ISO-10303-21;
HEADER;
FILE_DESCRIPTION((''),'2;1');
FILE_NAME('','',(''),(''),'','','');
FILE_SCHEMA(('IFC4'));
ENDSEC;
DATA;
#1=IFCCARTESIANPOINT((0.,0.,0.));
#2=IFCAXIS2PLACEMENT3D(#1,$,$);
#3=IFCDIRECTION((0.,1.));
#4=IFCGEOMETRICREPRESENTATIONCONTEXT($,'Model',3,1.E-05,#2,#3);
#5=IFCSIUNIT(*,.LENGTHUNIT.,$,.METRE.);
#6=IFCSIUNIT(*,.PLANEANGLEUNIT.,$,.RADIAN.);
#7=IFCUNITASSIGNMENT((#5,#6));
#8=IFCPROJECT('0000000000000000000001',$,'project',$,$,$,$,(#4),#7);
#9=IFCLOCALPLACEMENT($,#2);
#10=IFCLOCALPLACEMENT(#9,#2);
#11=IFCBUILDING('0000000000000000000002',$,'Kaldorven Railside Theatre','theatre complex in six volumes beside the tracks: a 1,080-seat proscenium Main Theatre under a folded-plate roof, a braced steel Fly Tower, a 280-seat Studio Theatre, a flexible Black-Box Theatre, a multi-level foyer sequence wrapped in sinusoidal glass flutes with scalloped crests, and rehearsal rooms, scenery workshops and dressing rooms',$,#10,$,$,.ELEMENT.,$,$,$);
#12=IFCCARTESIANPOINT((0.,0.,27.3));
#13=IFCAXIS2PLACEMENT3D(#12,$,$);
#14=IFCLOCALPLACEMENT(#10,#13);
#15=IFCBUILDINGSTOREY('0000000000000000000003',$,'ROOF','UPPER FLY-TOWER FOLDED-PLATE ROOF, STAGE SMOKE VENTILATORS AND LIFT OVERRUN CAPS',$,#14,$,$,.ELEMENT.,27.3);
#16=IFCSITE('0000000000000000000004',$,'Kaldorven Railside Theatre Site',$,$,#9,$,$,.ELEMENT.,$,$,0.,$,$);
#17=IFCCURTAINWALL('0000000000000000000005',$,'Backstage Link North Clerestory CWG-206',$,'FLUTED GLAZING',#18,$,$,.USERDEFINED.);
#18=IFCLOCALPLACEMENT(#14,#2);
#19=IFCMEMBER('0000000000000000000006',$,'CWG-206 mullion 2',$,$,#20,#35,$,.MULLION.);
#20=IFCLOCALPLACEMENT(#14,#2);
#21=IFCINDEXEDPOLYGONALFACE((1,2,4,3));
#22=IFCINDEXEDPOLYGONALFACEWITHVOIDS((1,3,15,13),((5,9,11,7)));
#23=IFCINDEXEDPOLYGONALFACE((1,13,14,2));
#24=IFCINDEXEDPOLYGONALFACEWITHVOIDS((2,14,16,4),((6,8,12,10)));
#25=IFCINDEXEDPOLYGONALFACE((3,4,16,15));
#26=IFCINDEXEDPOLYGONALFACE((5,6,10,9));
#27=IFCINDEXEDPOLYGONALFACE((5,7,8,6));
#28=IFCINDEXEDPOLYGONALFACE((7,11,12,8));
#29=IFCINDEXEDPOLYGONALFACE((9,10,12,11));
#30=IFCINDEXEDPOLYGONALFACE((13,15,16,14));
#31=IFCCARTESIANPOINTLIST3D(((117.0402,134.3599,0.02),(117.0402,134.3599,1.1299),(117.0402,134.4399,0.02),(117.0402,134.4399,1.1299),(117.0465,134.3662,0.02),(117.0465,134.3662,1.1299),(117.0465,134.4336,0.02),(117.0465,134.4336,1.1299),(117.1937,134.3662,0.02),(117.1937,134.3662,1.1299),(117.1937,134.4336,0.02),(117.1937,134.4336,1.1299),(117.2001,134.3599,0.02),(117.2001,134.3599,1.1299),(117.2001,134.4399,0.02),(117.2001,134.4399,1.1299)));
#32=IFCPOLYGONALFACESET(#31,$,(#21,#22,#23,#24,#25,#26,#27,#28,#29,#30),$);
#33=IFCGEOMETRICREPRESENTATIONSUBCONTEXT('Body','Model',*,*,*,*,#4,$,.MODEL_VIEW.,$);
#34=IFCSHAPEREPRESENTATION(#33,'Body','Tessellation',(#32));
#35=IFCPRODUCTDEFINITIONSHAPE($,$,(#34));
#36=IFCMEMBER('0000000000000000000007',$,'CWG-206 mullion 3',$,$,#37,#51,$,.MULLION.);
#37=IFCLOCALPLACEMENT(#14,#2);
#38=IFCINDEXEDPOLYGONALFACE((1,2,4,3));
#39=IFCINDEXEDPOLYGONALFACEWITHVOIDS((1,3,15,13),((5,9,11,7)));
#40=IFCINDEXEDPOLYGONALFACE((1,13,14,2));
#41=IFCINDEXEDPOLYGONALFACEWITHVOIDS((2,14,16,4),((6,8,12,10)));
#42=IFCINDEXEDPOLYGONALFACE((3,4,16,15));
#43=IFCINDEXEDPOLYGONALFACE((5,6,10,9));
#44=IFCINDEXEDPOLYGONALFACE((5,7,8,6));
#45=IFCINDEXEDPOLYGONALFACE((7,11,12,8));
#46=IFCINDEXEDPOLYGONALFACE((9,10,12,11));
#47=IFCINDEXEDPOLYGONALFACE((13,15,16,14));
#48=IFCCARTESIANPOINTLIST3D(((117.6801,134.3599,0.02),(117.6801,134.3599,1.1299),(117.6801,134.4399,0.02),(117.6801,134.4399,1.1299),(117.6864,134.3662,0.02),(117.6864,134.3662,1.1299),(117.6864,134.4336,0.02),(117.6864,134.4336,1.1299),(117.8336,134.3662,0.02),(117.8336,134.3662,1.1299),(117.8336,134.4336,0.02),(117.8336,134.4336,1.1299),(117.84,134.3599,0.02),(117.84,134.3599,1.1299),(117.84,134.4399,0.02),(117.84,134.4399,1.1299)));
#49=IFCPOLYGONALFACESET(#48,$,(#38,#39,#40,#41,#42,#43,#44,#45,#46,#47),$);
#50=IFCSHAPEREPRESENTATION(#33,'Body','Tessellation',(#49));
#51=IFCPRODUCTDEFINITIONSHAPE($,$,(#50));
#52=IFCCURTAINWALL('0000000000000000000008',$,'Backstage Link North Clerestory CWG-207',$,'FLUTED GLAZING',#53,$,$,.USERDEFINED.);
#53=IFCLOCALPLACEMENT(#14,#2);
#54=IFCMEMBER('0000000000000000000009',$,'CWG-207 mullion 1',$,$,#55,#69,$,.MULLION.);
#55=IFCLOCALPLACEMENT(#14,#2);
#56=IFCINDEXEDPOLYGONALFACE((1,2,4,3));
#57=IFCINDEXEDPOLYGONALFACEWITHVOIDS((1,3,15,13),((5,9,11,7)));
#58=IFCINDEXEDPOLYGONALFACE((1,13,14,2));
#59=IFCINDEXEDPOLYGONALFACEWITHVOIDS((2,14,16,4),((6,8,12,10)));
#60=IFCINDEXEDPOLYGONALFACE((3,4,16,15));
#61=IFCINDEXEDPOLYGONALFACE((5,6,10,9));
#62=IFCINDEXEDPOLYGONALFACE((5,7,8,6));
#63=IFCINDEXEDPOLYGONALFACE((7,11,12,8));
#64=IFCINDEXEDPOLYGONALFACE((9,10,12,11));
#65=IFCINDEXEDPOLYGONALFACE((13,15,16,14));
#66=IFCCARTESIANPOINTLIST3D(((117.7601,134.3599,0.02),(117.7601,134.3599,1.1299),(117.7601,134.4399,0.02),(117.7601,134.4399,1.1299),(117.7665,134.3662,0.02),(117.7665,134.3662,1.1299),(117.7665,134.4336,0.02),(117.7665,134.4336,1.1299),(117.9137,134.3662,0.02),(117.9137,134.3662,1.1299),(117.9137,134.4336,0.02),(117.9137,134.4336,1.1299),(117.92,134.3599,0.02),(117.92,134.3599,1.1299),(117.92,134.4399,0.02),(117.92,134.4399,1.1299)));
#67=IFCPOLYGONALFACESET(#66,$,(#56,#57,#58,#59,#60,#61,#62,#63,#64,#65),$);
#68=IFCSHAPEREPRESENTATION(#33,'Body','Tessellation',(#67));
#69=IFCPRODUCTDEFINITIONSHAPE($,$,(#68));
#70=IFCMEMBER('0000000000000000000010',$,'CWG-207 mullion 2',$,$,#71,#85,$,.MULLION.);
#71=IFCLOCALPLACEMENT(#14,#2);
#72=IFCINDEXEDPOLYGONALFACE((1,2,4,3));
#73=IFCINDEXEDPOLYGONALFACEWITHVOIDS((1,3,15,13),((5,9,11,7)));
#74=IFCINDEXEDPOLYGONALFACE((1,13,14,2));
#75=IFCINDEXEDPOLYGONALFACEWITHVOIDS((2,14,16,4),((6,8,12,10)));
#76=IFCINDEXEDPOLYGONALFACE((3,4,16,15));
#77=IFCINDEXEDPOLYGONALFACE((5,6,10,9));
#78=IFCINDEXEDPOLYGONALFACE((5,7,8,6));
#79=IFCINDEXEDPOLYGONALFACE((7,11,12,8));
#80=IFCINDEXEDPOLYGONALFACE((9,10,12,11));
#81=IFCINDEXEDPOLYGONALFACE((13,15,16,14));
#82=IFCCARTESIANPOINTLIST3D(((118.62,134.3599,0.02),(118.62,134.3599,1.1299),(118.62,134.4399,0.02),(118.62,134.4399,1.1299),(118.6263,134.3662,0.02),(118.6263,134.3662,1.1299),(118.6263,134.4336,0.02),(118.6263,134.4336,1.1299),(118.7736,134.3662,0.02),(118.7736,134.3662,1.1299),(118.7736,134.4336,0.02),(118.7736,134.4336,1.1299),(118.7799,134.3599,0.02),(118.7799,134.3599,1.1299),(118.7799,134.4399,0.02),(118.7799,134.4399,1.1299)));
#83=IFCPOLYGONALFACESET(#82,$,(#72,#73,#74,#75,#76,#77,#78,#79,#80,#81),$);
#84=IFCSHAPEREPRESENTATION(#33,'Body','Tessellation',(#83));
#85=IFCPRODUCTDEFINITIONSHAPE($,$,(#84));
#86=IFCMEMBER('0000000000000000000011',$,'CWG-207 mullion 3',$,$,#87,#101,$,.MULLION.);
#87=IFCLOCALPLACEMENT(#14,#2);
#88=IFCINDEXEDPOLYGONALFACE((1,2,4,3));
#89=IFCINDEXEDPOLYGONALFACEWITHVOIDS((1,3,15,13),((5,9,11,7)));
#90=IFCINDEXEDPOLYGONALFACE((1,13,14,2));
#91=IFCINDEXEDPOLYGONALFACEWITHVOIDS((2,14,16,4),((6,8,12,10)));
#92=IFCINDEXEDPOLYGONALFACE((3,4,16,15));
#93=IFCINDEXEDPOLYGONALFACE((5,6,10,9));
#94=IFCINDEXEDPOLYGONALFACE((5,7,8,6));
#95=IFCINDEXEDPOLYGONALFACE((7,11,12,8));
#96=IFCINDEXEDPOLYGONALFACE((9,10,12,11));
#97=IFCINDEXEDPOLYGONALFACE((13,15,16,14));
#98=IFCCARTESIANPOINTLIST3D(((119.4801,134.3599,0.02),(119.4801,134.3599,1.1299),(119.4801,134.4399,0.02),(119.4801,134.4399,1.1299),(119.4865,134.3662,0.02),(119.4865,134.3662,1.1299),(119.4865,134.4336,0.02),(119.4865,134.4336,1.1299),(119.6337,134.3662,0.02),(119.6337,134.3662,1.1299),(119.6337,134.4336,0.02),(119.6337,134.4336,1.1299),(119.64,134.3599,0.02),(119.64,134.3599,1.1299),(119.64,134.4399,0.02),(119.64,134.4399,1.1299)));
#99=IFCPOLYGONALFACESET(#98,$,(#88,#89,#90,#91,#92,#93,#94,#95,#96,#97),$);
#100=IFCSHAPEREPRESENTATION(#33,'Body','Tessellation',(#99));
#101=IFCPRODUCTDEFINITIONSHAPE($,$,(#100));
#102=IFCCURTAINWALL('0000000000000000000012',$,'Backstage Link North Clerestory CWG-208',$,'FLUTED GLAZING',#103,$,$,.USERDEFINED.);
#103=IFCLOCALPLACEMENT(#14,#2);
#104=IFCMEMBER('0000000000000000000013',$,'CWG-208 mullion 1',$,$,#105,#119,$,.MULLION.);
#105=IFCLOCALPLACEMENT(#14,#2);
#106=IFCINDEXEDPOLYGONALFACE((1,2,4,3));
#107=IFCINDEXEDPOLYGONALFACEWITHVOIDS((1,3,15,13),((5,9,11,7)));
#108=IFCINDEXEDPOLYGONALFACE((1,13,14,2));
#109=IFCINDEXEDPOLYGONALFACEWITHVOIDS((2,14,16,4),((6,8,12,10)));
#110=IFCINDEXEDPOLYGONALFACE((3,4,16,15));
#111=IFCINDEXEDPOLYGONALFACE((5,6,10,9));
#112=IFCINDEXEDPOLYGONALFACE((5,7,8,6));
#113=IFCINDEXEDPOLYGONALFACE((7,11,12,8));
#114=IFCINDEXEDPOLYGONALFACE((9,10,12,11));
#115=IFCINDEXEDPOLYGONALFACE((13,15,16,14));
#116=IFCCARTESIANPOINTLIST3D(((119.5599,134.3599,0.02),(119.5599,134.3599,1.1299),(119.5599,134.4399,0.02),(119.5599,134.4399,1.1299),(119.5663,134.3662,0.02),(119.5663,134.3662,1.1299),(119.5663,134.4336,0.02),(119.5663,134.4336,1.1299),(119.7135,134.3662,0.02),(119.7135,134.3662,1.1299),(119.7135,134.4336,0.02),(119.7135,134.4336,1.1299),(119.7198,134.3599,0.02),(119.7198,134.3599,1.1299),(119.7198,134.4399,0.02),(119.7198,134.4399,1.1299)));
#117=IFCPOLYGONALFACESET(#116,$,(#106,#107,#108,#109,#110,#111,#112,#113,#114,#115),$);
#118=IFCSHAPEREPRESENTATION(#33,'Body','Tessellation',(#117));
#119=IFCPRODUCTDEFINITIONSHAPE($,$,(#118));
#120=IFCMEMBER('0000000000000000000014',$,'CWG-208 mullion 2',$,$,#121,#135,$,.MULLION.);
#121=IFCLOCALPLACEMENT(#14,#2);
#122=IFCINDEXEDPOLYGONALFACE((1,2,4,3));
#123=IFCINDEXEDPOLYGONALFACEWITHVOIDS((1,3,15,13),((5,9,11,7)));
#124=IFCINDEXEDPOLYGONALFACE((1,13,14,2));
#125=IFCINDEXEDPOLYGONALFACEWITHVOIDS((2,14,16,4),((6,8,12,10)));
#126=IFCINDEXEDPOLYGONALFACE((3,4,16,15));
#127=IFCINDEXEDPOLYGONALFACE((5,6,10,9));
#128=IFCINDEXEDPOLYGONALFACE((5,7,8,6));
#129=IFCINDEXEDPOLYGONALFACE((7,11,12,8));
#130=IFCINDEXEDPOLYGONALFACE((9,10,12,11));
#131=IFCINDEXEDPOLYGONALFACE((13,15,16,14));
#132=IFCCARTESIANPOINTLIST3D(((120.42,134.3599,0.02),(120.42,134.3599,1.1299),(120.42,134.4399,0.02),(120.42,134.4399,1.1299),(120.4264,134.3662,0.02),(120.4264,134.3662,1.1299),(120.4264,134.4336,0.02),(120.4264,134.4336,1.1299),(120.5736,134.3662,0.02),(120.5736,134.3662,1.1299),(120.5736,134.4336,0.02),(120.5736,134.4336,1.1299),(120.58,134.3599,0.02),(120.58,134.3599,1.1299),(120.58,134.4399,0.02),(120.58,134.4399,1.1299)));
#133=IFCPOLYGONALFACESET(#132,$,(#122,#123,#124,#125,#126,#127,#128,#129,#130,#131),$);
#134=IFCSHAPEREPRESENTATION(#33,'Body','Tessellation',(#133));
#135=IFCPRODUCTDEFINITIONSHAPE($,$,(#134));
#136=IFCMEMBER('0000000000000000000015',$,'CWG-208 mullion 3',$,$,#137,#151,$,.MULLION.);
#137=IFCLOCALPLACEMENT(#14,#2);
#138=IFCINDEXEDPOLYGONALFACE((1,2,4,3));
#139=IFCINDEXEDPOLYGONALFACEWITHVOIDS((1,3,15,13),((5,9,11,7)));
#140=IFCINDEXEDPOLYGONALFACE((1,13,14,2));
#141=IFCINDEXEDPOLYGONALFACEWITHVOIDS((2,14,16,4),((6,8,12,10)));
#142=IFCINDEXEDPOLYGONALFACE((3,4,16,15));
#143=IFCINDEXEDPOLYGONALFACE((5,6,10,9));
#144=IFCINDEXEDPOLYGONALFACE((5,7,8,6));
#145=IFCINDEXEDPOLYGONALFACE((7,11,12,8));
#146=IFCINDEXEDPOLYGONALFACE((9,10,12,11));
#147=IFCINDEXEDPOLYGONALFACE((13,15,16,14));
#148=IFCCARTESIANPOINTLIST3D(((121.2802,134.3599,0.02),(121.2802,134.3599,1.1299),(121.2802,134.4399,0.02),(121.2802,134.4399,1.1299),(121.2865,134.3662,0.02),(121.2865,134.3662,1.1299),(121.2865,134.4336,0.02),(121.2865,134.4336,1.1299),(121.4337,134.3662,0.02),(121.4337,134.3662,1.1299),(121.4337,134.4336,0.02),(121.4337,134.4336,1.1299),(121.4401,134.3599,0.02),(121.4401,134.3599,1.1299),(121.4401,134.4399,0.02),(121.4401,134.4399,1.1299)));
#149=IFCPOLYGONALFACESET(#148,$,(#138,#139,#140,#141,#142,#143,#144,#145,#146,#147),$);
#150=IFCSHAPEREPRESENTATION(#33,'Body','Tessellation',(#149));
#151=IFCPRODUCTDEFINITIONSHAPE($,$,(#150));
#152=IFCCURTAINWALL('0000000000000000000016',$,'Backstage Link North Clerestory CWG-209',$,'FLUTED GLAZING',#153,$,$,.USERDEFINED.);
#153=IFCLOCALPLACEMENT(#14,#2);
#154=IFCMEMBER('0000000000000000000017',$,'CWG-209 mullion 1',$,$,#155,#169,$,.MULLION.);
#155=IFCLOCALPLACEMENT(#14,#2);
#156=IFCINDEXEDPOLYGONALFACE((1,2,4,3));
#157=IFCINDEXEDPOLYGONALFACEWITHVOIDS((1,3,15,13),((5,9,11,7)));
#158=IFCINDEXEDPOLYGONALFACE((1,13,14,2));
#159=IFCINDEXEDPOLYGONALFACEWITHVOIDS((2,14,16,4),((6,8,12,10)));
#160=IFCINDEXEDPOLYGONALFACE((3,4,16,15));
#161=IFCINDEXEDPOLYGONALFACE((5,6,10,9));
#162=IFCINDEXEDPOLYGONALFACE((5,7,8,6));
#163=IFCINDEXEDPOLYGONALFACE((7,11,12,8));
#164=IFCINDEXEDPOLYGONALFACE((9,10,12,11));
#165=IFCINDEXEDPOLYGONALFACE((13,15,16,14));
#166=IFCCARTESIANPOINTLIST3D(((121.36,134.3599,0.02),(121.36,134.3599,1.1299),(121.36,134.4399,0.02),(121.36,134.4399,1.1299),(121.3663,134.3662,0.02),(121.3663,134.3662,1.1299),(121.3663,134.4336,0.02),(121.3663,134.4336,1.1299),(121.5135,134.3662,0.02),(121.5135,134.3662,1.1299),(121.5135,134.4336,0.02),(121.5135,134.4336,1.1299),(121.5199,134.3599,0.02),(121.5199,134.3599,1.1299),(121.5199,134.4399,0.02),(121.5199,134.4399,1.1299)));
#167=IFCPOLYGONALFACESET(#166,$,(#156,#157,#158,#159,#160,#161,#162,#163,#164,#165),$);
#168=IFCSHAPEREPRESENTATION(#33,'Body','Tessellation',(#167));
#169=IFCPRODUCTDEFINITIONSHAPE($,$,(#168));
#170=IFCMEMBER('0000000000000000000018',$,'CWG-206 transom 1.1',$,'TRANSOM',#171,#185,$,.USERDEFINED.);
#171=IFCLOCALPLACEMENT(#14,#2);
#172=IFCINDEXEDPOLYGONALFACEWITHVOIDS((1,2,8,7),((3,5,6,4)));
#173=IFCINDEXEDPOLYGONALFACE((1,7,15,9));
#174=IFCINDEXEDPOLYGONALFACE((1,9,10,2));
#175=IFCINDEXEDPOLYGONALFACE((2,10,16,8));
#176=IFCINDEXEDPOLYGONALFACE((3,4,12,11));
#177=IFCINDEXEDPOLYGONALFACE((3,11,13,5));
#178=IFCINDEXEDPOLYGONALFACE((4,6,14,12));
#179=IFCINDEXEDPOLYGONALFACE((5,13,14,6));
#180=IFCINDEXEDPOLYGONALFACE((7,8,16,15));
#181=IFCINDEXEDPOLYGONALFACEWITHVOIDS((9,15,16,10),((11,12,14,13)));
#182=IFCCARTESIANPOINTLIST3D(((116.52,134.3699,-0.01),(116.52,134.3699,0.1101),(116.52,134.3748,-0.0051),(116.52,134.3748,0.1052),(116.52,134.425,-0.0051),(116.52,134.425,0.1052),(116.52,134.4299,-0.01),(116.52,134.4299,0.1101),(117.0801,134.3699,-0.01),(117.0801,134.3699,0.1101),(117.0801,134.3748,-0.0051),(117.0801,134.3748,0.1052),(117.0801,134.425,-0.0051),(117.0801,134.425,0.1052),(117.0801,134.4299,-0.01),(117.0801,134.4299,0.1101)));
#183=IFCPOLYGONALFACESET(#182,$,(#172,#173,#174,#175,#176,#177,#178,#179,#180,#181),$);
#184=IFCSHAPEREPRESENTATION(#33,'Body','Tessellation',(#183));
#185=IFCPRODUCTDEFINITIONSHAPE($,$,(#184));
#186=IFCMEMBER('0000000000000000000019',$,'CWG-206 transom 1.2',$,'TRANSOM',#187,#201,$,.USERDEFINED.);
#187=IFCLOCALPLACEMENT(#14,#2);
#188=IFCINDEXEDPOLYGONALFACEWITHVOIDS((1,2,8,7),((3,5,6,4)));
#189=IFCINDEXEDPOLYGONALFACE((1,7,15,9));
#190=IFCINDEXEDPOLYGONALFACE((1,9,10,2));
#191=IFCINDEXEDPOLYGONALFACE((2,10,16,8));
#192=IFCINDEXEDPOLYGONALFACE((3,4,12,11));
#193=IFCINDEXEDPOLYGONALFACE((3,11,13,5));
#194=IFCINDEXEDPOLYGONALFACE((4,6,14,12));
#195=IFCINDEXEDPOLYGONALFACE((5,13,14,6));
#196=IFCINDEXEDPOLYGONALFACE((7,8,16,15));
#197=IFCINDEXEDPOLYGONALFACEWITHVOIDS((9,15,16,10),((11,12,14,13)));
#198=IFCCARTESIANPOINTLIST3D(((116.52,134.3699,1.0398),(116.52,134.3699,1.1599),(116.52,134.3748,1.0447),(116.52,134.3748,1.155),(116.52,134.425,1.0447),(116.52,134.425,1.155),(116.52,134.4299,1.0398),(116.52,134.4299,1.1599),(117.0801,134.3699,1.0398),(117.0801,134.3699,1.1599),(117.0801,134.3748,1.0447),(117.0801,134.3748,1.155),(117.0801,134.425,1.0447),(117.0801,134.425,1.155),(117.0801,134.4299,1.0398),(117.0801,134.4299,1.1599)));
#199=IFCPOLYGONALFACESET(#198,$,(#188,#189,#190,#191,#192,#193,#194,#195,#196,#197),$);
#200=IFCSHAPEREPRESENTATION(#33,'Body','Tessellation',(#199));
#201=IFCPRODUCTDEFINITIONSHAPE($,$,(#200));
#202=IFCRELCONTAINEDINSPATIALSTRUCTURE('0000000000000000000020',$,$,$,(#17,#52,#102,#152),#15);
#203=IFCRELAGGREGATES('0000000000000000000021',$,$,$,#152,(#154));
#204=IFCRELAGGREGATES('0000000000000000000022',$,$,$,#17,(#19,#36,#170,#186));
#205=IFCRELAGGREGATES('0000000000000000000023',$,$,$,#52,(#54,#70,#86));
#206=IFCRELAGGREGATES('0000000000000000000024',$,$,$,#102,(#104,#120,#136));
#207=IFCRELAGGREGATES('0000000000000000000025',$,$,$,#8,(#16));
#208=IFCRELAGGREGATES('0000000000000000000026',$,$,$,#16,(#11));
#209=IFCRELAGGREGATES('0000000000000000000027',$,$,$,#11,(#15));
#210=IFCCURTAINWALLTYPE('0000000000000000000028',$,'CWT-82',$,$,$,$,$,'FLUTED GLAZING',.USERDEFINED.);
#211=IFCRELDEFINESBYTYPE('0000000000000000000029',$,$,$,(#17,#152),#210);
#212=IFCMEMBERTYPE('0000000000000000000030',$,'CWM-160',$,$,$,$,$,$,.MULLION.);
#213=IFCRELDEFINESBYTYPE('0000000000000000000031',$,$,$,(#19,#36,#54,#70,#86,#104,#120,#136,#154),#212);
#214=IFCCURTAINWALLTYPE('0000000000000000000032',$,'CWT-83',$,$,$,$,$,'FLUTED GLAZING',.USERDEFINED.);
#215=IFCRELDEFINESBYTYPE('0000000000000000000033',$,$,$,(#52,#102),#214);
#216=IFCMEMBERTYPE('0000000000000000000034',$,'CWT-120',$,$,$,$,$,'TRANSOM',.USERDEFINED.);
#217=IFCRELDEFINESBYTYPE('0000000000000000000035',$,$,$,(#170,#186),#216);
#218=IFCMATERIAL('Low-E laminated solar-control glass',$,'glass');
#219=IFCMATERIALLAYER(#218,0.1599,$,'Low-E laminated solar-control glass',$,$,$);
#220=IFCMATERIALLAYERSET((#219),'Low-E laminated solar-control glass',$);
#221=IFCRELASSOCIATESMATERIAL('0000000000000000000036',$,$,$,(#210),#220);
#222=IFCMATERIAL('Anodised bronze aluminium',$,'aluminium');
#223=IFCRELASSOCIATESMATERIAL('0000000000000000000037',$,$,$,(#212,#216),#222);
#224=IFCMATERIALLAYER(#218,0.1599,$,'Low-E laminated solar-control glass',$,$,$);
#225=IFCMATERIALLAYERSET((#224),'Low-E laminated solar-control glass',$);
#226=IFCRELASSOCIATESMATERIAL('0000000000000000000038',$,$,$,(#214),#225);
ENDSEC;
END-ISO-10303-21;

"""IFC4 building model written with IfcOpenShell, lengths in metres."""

from ifc_helpers import new_model, si_unit, direction, frame, origin, origin_2d, place, context, subcontext, project, spatial, hollow_rectangle, extrude, material, layer, layer_set, material_profile, profile_set, type_object, element, aggregate, save


model = new_model("IFC4")

# Units and contexts
model_context = context("Model", 3, precision=1e-05, world=origin(), true_north=direction((0.0, 1.0)))
body_context = subcontext(model_context, "Body", "Model", "MODEL_VIEW")
ifc_project = project(units=[si_unit("LENGTHUNIT", "METRE"), si_unit("PLANEANGLEUNIT", "RADIAN")], contexts=[model_context])

# Site, building, storey
site_placement = place(None, origin())
site = spatial("IfcSite", under=ifc_project, at=site_placement, Name="Kaldorven Railside Theatre Site", CompositionType="ELEMENT", RefElevation=0.0)
building_placement = place(site_placement, origin())
building = spatial("IfcBuilding", under=site, at=building_placement, Name="Kaldorven Railside Theatre", Description="theatre complex in six volumes beside the tracks: a 1,080-seat proscenium Main Theatre under a folded-plate roof, a braced steel Fly Tower, a 280-seat Studio Theatre, a flexible Black-Box Theatre, a multi-level foyer sequence wrapped in sinusoidal glass flutes with scalloped crests, and rehearsal rooms, scenery workshops and dressing rooms", CompositionType="ELEMENT")
storey_placement = place(building_placement, frame((0.0, 0.0, 27.3)))
storey = spatial("IfcBuildingStorey", under=building, at=storey_placement, Name="ROOF", Description="UPPER FLY-TOWER FOLDED-PLATE ROOF, STAGE SMOKE VENTILATORS AND LIFT OVERRUN CAPS", CompositionType="ELEMENT", Elevation=27.3)

# Curtain walls, members
ifc_material_1 = material(Name="Low-E laminated solar-control glass", Category="glass")
ifc_layer_1 = layer(ifc_material_1, 0.1599, Name="Low-E laminated solar-control glass")
ifc_layer_set_1 = layer_set([ifc_layer_1], Name="Low-E laminated solar-control glass")
curtain_wall_type_1 = type_object("IfcCurtainWallType", Name="CWT-82", ElementType="FLUTED GLAZING", PredefinedType="USERDEFINED", material=ifc_layer_set_1)
curtain_wall_1_placement = place(storey_placement, origin())
curtain_wall_1 = element("IfcCurtainWall", 1, at=curtain_wall_1_placement, inside=storey, type_object=curtain_wall_type_1, Name="Backstage Link North Clerestory CWG-206", ObjectType="FLUTED GLAZING", PredefinedType="USERDEFINED")
ifc_material_2 = material(Name="Anodised bronze aluminium", Category="aluminium")
ifc_material_profile_1 = material_profile(ifc_material_2, hollow_rectangle(XDim=0.0801, YDim=0.1599, WallThickness=0.0063, at=origin_2d()), Name="RHS 160x80x6.3")
ifc_profile_set_1 = profile_set([ifc_material_profile_1], Name="Anodised bronze aluminium")
member_type_1 = type_object("IfcMemberType", Name="CWM-160", PredefinedType="MULLION", material=ifc_profile_set_1)
member_1_placement = place(storey_placement, frame((117.1201, 134.3999, 0.02), z_axis=(0.0, 0.0, 1.0), x_axis=(0.0, 1.0, 0.0)))
member_1 = element("IfcMember", 2, at=member_1_placement, type_object=member_type_1, Name="CWG-206 mullion 2", PredefinedType="MULLION", context=body_context, shape_type="SweptSolid", body=[
    extrude(hollow_rectangle(XDim=0.0801, YDim=0.1599, WallThickness=0.0063, at=origin_2d()), origin(), (0.0, 0.0, 1.0), 1.1099),
])
member_2_placement = place(storey_placement, frame((117.76, 134.3999, 0.02), z_axis=(0.0, 0.0, 1.0), x_axis=(0.0, 1.0, 0.0)))
member_2 = element("IfcMember", 3, at=member_2_placement, type_object=member_type_1, Name="CWG-206 mullion 3", PredefinedType="MULLION", context=body_context, shape_type="SweptSolid", body=[
    extrude(hollow_rectangle(XDim=0.0801, YDim=0.1599, WallThickness=0.0063, at=origin_2d()), origin(), (0.0, 0.0, 1.0), 1.1099),
])
ifc_layer_2 = layer(ifc_material_1, 0.1599, Name="Low-E laminated solar-control glass")
ifc_layer_set_2 = layer_set([ifc_layer_2], Name="Low-E laminated solar-control glass")
curtain_wall_type_2 = type_object("IfcCurtainWallType", Name="CWT-83", ElementType="FLUTED GLAZING", PredefinedType="USERDEFINED", material=ifc_layer_set_2)
curtain_wall_2_placement = place(storey_placement, origin())
curtain_wall_2 = element("IfcCurtainWall", 4, at=curtain_wall_2_placement, inside=storey, type_object=curtain_wall_type_2, Name="Backstage Link North Clerestory CWG-207", ObjectType="FLUTED GLAZING", PredefinedType="USERDEFINED")
member_3_placement = place(storey_placement, frame((117.8401, 134.3999, 0.02), z_axis=(0.0, 0.0, 1.0), x_axis=(0.0, 1.0, 0.0)))
member_3 = element("IfcMember", 5, at=member_3_placement, type_object=member_type_1, Name="CWG-207 mullion 1", PredefinedType="MULLION", context=body_context, shape_type="SweptSolid", body=[
    extrude(hollow_rectangle(XDim=0.0801, YDim=0.1599, WallThickness=0.0063, at=origin_2d()), origin(), (0.0, 0.0, 1.0), 1.1099),
])
member_4_placement = place(storey_placement, frame((118.7, 134.3999, 0.02), z_axis=(0.0, 0.0, 1.0), x_axis=(0.0, 1.0, 0.0)))
member_4 = element("IfcMember", 6, at=member_4_placement, type_object=member_type_1, Name="CWG-207 mullion 2", PredefinedType="MULLION", context=body_context, shape_type="SweptSolid", body=[
    extrude(hollow_rectangle(XDim=0.0801, YDim=0.1599, WallThickness=0.0063, at=origin_2d()), origin(), (0.0, 0.0, 1.0), 1.1099),
])
member_5_placement = place(storey_placement, frame((119.5601, 134.3999, 0.02), z_axis=(0.0, 0.0, 1.0), x_axis=(0.0, 1.0, 0.0)))
member_5 = element("IfcMember", 7, at=member_5_placement, type_object=member_type_1, Name="CWG-207 mullion 3", PredefinedType="MULLION", context=body_context, shape_type="SweptSolid", body=[
    extrude(hollow_rectangle(XDim=0.0801, YDim=0.1599, WallThickness=0.0063, at=origin_2d()), origin(), (0.0, 0.0, 1.0), 1.1099),
])
curtain_wall_3_placement = place(storey_placement, origin())
curtain_wall_3 = element("IfcCurtainWall", 8, at=curtain_wall_3_placement, inside=storey, type_object=curtain_wall_type_2, Name="Backstage Link North Clerestory CWG-208", ObjectType="FLUTED GLAZING", PredefinedType="USERDEFINED")
member_6_placement = place(storey_placement, frame((119.6399, 134.3999, 0.02), z_axis=(0.0, 0.0, 1.0), x_axis=(0.0, 1.0, 0.0)))
member_6 = element("IfcMember", 9, at=member_6_placement, type_object=member_type_1, Name="CWG-208 mullion 1", PredefinedType="MULLION", context=body_context, shape_type="SweptSolid", body=[
    extrude(hollow_rectangle(XDim=0.0801, YDim=0.1599, WallThickness=0.0063, at=origin_2d()), origin(), (0.0, 0.0, 1.0), 1.1099),
])
member_7_placement = place(storey_placement, frame((120.5, 134.3999, 0.02), z_axis=(0.0, 0.0, 1.0), x_axis=(0.0, 1.0, 0.0)))
member_7 = element("IfcMember", 10, at=member_7_placement, type_object=member_type_1, Name="CWG-208 mullion 2", PredefinedType="MULLION", context=body_context, shape_type="SweptSolid", body=[
    extrude(hollow_rectangle(XDim=0.0801, YDim=0.1599, WallThickness=0.0063, at=origin_2d()), origin(), (0.0, 0.0, 1.0), 1.1099),
])
member_8_placement = place(storey_placement, frame((121.3601, 134.3999, 0.02), z_axis=(0.0, 0.0, 1.0), x_axis=(0.0, 1.0, 0.0)))
member_8 = element("IfcMember", 11, at=member_8_placement, type_object=member_type_1, Name="CWG-208 mullion 3", PredefinedType="MULLION", context=body_context, shape_type="SweptSolid", body=[
    extrude(hollow_rectangle(XDim=0.0801, YDim=0.1599, WallThickness=0.0063, at=origin_2d()), origin(), (0.0, 0.0, 1.0), 1.1099),
])

# Curtain wall, member
curtain_wall_4_placement = place(storey_placement, origin())
curtain_wall_4 = element("IfcCurtainWall", 12, at=curtain_wall_4_placement, inside=storey, type_object=curtain_wall_type_1, Name="Backstage Link North Clerestory CWG-209", ObjectType="FLUTED GLAZING", PredefinedType="USERDEFINED")
member_9_placement = place(storey_placement, frame((121.4399, 134.3999, 0.02), z_axis=(0.0, 0.0, 1.0), x_axis=(0.0, 1.0, 0.0)))
member_9 = element("IfcMember", 13, at=member_9_placement, type_object=member_type_1, Name="CWG-209 mullion 1", PredefinedType="MULLION", context=body_context, shape_type="SweptSolid", body=[
    extrude(hollow_rectangle(XDim=0.0801, YDim=0.1599, WallThickness=0.0063, at=origin_2d()), origin(), (0.0, 0.0, 1.0), 1.1099),
])

# Members
ifc_material_profile_2 = material_profile(ifc_material_2, hollow_rectangle(XDim=0.0601, YDim=0.1201, WallThickness=0.0049, at=origin_2d()), Name="RHS 120x60x5")
ifc_profile_set_2 = profile_set([ifc_material_profile_2], Name="Anodised bronze aluminium")
member_type_2 = type_object("IfcMemberType", Name="CWT-120", ElementType="TRANSOM", PredefinedType="USERDEFINED", material=ifc_profile_set_2)
member_10_placement = place(storey_placement, frame((116.52, 134.3999, 0.05), z_axis=(1.0, 0.0, 0.0), x_axis=(0.0, 1.0, 0.0)))
member_10 = element("IfcMember", 14, at=member_10_placement, type_object=member_type_2, Name="CWG-206 transom 1.1", ObjectType="TRANSOM", PredefinedType="USERDEFINED", context=body_context, shape_type="SweptSolid", body=[
    extrude(hollow_rectangle(XDim=0.0601, YDim=0.1201, WallThickness=0.0049, at=origin_2d()), origin(), (0.0, 0.0, 1.0), 0.5601),
])
member_11_placement = place(storey_placement, frame((116.52, 134.3999, 1.0999), z_axis=(1.0, 0.0, 0.0), x_axis=(0.0, 1.0, 0.0)))
member_11 = element("IfcMember", 15, at=member_11_placement, type_object=member_type_2, Name="CWG-206 transom 1.2", ObjectType="TRANSOM", PredefinedType="USERDEFINED", context=body_context, shape_type="SweptSolid", body=[
    extrude(hollow_rectangle(XDim=0.0601, YDim=0.1201, WallThickness=0.0049, at=origin_2d()), origin(), (0.0, 0.0, 1.0), 0.5601),
])
aggregate(curtain_wall_4, [member_9])

aggregate(curtain_wall_1, [member_1, member_2, member_10, member_11])
aggregate(curtain_wall_2, [member_3, member_4, member_5])
aggregate(curtain_wall_3, [member_6, member_7, member_8])

save(model, "model.ifc")
